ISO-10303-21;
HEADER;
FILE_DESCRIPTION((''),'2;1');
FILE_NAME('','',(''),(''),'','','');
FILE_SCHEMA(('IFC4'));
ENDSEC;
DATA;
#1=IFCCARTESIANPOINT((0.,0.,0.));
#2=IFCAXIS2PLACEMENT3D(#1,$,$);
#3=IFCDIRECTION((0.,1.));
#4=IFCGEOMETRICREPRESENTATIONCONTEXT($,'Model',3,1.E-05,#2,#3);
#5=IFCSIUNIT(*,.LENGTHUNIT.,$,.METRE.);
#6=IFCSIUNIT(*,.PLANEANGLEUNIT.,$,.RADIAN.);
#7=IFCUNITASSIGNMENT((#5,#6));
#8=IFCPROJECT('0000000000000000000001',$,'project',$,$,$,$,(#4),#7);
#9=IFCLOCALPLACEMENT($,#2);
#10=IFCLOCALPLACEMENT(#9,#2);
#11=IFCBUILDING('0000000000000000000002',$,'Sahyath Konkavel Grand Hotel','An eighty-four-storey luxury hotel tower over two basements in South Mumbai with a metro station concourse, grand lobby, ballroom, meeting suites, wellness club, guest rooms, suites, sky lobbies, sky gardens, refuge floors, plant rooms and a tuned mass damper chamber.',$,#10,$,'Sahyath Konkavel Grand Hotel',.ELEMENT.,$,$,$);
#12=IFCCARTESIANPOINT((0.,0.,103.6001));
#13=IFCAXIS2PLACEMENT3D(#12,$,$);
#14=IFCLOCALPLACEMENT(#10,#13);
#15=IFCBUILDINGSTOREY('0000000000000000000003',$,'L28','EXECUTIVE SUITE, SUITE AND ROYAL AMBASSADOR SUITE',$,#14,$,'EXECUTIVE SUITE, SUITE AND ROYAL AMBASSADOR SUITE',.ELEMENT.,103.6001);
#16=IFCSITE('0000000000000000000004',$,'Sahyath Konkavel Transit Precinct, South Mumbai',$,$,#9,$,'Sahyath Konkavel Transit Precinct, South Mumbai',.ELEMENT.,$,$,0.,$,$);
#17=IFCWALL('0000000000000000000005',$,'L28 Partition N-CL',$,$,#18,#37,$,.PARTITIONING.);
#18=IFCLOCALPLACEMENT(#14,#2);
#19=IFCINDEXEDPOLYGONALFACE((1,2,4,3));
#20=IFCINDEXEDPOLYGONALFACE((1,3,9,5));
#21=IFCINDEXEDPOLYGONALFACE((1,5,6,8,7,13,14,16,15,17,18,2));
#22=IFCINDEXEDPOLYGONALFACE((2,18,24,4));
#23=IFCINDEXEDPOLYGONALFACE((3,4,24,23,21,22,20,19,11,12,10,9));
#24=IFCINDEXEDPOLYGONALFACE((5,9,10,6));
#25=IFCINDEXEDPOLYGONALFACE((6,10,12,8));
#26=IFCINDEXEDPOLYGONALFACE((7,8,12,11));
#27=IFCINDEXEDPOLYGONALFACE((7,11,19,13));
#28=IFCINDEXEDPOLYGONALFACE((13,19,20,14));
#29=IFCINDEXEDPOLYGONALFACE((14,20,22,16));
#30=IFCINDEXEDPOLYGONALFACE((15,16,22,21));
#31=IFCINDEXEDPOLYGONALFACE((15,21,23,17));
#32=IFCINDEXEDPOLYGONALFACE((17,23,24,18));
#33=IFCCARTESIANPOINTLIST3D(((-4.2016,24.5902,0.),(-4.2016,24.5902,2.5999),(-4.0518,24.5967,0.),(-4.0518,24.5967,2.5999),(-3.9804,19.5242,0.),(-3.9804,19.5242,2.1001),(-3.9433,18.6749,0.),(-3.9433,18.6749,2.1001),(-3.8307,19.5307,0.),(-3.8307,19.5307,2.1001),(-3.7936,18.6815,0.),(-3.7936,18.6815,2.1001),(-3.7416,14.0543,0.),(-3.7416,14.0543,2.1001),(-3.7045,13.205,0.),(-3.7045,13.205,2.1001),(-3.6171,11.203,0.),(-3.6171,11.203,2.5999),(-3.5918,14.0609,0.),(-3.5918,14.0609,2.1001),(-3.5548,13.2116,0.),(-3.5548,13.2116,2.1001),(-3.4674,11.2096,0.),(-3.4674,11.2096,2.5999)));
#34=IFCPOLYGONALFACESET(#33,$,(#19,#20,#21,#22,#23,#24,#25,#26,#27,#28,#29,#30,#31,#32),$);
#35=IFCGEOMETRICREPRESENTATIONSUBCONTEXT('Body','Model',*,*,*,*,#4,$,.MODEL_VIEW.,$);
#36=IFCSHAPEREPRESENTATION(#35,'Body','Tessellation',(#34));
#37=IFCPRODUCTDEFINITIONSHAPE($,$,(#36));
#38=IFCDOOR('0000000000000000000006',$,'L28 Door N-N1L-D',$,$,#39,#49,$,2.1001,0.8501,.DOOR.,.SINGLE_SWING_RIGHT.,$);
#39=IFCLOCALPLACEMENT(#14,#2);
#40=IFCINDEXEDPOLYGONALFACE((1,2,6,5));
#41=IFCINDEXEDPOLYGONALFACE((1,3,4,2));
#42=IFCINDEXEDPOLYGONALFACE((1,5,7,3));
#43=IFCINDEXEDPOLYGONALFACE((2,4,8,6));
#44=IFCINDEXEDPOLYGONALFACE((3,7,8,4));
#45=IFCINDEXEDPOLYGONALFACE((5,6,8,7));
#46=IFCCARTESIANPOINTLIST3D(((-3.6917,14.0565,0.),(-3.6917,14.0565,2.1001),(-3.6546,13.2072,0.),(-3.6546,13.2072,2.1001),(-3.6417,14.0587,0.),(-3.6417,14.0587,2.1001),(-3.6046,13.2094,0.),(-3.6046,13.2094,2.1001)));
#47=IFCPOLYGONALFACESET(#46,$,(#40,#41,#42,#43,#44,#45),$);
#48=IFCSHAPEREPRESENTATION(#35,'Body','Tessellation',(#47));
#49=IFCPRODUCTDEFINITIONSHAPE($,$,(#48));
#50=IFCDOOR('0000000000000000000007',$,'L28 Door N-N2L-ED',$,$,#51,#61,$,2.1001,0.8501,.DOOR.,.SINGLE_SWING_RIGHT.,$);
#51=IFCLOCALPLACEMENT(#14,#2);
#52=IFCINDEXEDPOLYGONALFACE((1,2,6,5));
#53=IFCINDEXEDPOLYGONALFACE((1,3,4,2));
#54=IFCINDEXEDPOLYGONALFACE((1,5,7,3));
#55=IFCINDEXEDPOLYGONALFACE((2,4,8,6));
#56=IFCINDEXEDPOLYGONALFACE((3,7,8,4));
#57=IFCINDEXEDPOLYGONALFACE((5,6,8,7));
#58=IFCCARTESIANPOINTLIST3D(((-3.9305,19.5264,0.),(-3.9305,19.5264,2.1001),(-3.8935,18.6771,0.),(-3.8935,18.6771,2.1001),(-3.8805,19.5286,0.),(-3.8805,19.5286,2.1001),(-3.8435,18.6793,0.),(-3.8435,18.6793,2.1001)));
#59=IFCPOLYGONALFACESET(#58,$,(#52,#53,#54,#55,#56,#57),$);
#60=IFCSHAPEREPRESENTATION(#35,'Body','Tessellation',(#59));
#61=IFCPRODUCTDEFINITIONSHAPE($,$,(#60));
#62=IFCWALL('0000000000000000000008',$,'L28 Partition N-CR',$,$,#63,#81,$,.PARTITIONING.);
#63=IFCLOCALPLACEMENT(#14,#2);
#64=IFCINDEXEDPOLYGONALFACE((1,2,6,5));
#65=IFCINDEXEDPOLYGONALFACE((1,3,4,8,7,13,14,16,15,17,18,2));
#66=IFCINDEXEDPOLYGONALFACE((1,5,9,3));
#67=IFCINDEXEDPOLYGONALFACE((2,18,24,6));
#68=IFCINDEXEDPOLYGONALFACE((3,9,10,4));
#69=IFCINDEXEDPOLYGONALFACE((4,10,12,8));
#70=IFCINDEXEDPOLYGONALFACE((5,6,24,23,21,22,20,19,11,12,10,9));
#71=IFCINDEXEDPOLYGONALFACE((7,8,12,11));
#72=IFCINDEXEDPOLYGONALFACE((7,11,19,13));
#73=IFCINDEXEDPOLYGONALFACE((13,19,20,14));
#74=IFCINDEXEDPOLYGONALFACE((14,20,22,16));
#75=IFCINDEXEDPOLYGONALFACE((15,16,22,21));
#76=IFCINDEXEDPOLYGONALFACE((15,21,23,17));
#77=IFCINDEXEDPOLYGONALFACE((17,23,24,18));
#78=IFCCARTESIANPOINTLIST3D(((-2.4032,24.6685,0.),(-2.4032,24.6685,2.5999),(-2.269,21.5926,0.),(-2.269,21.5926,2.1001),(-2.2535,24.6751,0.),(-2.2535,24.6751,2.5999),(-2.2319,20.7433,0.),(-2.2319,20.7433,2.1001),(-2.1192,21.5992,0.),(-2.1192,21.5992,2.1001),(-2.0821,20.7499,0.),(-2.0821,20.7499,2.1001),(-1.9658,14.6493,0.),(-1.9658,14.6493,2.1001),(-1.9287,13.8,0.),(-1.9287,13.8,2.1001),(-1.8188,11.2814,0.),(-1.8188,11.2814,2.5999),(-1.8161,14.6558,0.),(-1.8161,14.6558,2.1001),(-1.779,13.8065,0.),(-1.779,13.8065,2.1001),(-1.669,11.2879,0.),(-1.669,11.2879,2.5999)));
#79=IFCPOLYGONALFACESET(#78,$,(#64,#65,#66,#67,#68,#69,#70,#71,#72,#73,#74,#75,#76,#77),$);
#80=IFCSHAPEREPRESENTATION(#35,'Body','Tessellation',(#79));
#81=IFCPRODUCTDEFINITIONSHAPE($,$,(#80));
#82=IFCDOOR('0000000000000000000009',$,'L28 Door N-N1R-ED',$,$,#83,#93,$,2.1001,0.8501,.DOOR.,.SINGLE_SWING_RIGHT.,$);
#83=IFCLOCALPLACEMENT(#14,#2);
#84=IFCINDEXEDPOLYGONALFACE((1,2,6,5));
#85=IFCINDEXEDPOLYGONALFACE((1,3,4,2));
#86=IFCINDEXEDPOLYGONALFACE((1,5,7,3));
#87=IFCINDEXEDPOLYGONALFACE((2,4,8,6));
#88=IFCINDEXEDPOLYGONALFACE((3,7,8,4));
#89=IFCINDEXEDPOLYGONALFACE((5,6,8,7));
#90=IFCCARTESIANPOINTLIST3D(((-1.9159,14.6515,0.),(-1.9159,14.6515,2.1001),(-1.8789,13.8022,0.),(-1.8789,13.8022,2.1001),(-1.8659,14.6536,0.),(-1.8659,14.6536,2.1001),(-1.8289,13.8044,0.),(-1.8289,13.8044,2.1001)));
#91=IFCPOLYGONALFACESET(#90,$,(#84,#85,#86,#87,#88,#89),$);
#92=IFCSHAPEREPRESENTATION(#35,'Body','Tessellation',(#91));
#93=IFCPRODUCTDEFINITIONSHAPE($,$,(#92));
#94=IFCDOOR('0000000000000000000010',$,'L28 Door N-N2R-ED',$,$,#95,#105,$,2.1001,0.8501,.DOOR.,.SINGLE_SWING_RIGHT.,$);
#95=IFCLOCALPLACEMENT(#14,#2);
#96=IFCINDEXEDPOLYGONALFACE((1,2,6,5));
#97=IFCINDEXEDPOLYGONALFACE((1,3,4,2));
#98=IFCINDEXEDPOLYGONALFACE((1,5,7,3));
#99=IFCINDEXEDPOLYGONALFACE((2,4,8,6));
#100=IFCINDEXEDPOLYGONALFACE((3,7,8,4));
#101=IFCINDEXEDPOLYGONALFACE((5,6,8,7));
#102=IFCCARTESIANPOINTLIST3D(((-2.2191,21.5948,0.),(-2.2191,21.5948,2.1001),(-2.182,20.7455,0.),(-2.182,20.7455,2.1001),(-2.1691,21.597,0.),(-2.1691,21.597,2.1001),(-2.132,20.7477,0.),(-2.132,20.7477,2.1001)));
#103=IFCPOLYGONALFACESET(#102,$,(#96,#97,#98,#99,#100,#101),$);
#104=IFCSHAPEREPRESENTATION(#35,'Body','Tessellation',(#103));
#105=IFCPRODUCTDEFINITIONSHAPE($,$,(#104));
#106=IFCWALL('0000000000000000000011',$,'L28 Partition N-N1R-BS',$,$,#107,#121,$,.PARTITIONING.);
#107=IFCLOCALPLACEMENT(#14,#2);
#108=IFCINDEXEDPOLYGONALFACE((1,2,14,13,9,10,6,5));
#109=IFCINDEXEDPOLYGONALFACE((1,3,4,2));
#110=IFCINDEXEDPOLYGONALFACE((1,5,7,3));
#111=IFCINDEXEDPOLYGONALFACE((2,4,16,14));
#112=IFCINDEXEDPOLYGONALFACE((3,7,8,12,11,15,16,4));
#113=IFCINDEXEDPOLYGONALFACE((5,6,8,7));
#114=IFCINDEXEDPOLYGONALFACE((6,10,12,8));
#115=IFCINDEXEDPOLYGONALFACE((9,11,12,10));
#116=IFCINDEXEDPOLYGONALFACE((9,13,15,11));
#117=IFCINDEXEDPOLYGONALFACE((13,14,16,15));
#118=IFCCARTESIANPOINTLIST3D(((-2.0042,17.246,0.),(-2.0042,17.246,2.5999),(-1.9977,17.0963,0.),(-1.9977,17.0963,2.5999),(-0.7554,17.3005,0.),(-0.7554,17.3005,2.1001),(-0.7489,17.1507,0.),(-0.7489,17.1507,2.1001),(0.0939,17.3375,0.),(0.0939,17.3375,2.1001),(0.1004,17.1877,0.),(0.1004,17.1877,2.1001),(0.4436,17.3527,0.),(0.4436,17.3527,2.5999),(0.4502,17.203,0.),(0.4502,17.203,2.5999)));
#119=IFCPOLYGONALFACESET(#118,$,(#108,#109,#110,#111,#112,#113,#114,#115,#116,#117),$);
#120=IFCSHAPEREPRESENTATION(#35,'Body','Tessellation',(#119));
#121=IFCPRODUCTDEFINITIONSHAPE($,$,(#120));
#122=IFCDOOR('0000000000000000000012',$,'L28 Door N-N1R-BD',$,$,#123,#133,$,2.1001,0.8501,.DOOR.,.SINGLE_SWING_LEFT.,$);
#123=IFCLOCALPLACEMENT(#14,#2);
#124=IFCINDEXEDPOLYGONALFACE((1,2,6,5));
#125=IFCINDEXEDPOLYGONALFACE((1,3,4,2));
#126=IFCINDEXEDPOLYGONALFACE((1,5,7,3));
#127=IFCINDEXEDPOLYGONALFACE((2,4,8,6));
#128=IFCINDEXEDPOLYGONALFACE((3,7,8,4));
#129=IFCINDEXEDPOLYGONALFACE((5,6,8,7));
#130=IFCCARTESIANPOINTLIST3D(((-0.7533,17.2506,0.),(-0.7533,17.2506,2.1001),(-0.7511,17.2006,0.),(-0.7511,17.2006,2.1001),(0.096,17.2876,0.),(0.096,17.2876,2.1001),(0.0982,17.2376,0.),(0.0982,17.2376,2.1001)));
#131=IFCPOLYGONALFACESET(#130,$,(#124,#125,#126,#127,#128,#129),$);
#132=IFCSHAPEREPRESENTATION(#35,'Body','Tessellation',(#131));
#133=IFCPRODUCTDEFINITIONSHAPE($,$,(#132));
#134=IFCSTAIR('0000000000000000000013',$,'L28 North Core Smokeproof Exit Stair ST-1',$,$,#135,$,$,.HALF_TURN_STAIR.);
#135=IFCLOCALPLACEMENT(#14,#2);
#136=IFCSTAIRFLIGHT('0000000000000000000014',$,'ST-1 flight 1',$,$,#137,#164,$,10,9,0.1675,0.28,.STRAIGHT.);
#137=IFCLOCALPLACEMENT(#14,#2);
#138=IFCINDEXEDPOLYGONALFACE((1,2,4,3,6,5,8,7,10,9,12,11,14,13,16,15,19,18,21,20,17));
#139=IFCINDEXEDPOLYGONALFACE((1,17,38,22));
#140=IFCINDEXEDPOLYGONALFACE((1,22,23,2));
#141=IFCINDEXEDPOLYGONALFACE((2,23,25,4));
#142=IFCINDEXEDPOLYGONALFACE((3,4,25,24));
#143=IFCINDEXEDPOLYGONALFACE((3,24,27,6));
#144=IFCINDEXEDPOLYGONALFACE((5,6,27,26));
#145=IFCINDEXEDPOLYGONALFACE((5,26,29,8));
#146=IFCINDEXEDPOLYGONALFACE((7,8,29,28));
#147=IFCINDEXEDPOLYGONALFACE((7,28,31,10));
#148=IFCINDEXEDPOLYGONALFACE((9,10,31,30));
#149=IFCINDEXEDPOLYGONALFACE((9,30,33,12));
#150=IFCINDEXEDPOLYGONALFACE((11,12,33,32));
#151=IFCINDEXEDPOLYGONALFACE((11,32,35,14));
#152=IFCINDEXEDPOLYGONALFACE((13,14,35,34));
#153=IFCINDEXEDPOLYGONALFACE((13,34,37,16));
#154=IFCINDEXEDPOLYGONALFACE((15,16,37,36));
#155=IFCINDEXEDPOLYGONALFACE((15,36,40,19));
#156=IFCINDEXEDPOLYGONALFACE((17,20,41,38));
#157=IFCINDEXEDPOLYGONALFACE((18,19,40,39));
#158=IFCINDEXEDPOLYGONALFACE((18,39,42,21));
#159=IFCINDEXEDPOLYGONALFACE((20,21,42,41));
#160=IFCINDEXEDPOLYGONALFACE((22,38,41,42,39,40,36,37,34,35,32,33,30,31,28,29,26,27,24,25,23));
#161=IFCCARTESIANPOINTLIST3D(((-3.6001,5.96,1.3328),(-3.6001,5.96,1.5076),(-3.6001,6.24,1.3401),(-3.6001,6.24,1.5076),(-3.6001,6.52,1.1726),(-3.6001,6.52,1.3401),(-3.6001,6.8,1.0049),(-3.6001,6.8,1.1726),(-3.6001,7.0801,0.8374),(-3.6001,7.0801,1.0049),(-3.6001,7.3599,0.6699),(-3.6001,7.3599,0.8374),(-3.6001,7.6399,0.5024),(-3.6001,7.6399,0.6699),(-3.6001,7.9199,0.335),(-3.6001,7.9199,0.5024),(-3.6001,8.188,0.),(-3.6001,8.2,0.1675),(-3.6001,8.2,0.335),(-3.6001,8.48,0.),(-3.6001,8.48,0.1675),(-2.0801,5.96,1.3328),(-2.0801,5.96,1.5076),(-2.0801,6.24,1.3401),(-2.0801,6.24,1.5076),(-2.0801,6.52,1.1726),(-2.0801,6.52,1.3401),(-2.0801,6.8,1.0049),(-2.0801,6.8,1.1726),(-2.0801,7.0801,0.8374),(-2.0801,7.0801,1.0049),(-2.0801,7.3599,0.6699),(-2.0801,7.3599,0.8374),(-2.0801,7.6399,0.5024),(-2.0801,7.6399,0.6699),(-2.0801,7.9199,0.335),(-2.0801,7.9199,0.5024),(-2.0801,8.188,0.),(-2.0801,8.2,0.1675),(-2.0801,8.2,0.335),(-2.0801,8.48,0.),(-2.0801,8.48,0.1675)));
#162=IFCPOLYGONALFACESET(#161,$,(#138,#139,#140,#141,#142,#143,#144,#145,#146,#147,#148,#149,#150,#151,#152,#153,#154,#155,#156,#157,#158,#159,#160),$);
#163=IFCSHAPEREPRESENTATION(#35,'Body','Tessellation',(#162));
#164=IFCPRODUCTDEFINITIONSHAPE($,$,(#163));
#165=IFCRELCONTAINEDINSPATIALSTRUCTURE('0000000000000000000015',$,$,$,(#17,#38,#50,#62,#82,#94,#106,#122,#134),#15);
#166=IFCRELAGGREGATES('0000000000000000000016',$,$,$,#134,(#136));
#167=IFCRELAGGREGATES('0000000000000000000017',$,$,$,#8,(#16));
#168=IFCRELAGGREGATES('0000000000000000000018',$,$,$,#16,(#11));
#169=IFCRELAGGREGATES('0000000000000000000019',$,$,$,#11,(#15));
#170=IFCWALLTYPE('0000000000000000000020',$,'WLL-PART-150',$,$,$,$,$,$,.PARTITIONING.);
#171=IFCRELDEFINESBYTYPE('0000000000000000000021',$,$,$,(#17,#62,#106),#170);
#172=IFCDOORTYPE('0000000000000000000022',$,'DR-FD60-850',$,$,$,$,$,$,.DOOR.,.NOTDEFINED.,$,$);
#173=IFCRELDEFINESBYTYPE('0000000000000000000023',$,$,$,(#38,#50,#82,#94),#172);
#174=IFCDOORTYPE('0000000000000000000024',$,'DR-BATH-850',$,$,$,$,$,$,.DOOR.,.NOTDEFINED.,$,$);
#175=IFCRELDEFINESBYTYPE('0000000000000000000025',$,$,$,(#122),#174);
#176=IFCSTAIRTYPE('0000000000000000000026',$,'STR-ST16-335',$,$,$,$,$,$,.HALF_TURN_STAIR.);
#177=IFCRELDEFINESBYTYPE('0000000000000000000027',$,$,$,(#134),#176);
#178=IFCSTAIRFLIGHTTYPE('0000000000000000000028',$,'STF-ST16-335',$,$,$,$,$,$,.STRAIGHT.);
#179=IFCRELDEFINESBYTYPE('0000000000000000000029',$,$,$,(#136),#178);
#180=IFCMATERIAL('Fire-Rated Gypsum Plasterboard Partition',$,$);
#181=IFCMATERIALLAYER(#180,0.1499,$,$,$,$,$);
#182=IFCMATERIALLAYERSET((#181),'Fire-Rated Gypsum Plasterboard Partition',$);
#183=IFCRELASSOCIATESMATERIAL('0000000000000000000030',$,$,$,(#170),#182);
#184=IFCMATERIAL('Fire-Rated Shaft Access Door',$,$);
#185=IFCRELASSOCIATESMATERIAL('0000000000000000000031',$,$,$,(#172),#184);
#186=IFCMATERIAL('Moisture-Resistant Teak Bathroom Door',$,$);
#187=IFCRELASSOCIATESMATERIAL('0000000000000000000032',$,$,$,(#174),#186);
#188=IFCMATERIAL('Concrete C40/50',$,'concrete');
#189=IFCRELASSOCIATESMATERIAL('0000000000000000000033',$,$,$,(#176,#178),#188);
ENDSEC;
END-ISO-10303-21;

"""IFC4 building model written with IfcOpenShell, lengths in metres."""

from ifc_helpers import new_model, si_unit, direction, frame, frame_2d, origin, origin_2d, place, context, subcontext, project, spatial, polyline, rectangle, outline, extrude, source, transform, mapped, material, layer, layer_set, type_object, element, fill, aggregate, save


model = new_model("IFC4")

# Units and contexts
model_context = context("Model", 3, precision=1e-05, world=origin(), true_north=direction((0.0, 1.0)))
body_context = subcontext(model_context, "Body", "Model", "MODEL_VIEW")
ifc_project = project(units=[si_unit("LENGTHUNIT", "METRE"), si_unit("PLANEANGLEUNIT", "RADIAN")], contexts=[model_context])

# Site, building, storey
site_placement = place(None, origin())
site = spatial("IfcSite", under=ifc_project, at=site_placement, Name="Sahyath Konkavel Transit Precinct, South Mumbai", LongName="Sahyath Konkavel Transit Precinct, South Mumbai", CompositionType="ELEMENT", RefElevation=0.0)
building_placement = place(site_placement, origin())
building = spatial("IfcBuilding", under=site, at=building_placement, Name="Sahyath Konkavel Grand Hotel", Description="An eighty-four-storey luxury hotel tower over two basements in South Mumbai with a metro station concourse, grand lobby, ballroom, meeting suites, wellness club, guest rooms, suites, sky lobbies, sky gardens, refuge floors, plant rooms and a tuned mass damper chamber.", LongName="Sahyath Konkavel Grand Hotel", CompositionType="ELEMENT")
storey_placement = place(building_placement, frame((0.0, 0.0, 103.6001)))
storey = spatial("IfcBuildingStorey", under=building, at=storey_placement, Name="L28", Description="EXECUTIVE SUITE, SUITE AND ROYAL AMBASSADOR SUITE", LongName="EXECUTIVE SUITE, SUITE AND ROYAL AMBASSADOR SUITE", CompositionType="ELEMENT", Elevation=103.6001)

# Walls, openings, doors
ifc_material_1 = material(Name="Fire-Rated Gypsum Plasterboard Partition")
ifc_layer_1 = layer(ifc_material_1, 0.1499)
ifc_layer_set_1 = layer_set([ifc_layer_1], Name="Fire-Rated Gypsum Plasterboard Partition")
wall_type_1 = type_object("IfcWallType", Name="WLL-PART-150", PredefinedType="PARTITIONING", material=ifc_layer_set_1)
wall_1_placement = place(storey_placement, frame((-3.5422, 11.2063, 0.0), z_axis=(0.0, 0.0, 1.0), x_axis=(-0.043617, 0.999048, 0.0)))
wall_1 = element("IfcWall", 1, at=wall_1_placement, inside=storey, type_object=wall_type_1, Name="L28 Partition N-CL", PredefinedType="PARTITIONING", context=body_context, shape_type="SweptSolid", body=[
    extrude(rectangle(XDim=13.3999, YDim=0.1499, at=frame_2d((6.7, 0.0))), origin(), (0.0, 0.0, 1.0), 2.5999),
])
opening_1_placement = place(wall_1_placement, frame((2.0039, 0.0, 0.0)))
opening_1 = element("IfcOpeningElement", 2, at=opening_1_placement, cuts=wall_1, PredefinedType="OPENING", context=body_context, shape_type="SweptSolid", body=[
    extrude(rectangle(XDim=0.8501, YDim=2.1001, at=frame_2d((0.425, 1.05))), frame((0.0, 0.085, 0.0), z_axis=(0.0, -1.0, 0.0), x_axis=(1.0, 0.0, 0.0)), (0.0, 0.0, 1.0), 0.1699),
])
opening_2_placement = place(wall_1_placement, frame((7.479, 0.0, 0.0)))
opening_2 = element("IfcOpeningElement", 3, at=opening_2_placement, cuts=wall_1, PredefinedType="OPENING", context=body_context, shape_type="SweptSolid", body=[
    extrude(rectangle(XDim=0.8501, YDim=2.1001, at=frame_2d((0.425, 1.05))), frame((0.0, 0.085, 0.0), z_axis=(0.0, -1.0, 0.0), x_axis=(1.0, 0.0, 0.0)), (0.0, 0.0, 1.0), 0.1699),
])
ifc_material_2 = material(Name="Fire-Rated Shaft Access Door")
door_type_1 = type_object("IfcDoorType", Name="DR-FD60-850", OperationType="NOTDEFINED", PredefinedType="DOOR", material=ifc_material_2)
shared_shape_1 = source(origin(), body_context, "Body", "SweptSolid", [
    extrude(rectangle(XDim=0.8501, YDim=0.05, at=origin_2d()), origin(), (0.0, 0.0, 1.0), 2.1001),
])
door_1_placement = place(opening_1_placement, frame((0.425, 0.0, 0.0)))
door_1 = element("IfcDoor", 4, at=door_1_placement, inside=storey, type_object=door_type_1, Name="L28 Door N-N1L-D", OperationType="SINGLE_SWING_RIGHT", OverallHeight=2.1001, OverallWidth=0.8501, PredefinedType="DOOR", context=body_context, shape_type="MappedRepresentation", body=[
    mapped(shared_shape_1, transform((0.0, 0.0, 0.0), scale=1.0)),
])
fill(opening_1, door_1)
door_2_placement = place(opening_2_placement, frame((0.425, 0.0, 0.0)))
door_2 = element("IfcDoor", 5, at=door_2_placement, inside=storey, type_object=door_type_1, Name="L28 Door N-N2L-ED", OperationType="SINGLE_SWING_RIGHT", OverallHeight=2.1001, OverallWidth=0.8501, PredefinedType="DOOR", context=body_context, shape_type="MappedRepresentation", body=[
    mapped(shared_shape_1, transform((0.0, 0.0, 0.0), scale=1.0)),
])
fill(opening_2, door_2)
wall_2_placement = place(storey_placement, frame((-1.7439, 11.2847, 0.0), z_axis=(0.0, 0.0, 1.0), x_axis=(-0.043617, 0.999048, 0.0)))
wall_2 = element("IfcWall", 6, at=wall_2_placement, inside=storey, type_object=wall_type_1, Name="L28 Partition N-CR", PredefinedType="PARTITIONING", context=body_context, shape_type="SweptSolid", body=[
    extrude(rectangle(XDim=13.3999, YDim=0.1499, at=frame_2d((6.7, 0.0))), origin(), (0.0, 0.0, 1.0), 2.5999),
])
opening_3_placement = place(wall_2_placement, frame((2.521, 0.0, 0.0)))
opening_3 = element("IfcOpeningElement", 7, at=opening_3_placement, cuts=wall_2, PredefinedType="OPENING", context=body_context, shape_type="SweptSolid", body=[
    extrude(rectangle(XDim=0.8501, YDim=2.1001, at=frame_2d((0.425, 1.05))), frame((0.0, 0.085, 0.0), z_axis=(0.0, -1.0, 0.0), x_axis=(1.0, 0.0, 0.0)), (0.0, 0.0, 1.0), 0.1699),
])
opening_4_placement = place(wall_2_placement, frame((9.4709, 0.0, 0.0)))
opening_4 = element("IfcOpeningElement", 8, at=opening_4_placement, cuts=wall_2, PredefinedType="OPENING", context=body_context, shape_type="SweptSolid", body=[
    extrude(rectangle(XDim=0.8501, YDim=2.1001, at=frame_2d((0.425, 1.05))), frame((0.0, 0.085, 0.0), z_axis=(0.0, -1.0, 0.0), x_axis=(1.0, 0.0, 0.0)), (0.0, 0.0, 1.0), 0.1699),
])
door_3_placement = place(opening_3_placement, frame((0.425, 0.0, 0.0)))
door_3 = element("IfcDoor", 9, at=door_3_placement, inside=storey, type_object=door_type_1, Name="L28 Door N-N1R-ED", OperationType="SINGLE_SWING_RIGHT", OverallHeight=2.1001, OverallWidth=0.8501, PredefinedType="DOOR", context=body_context, shape_type="MappedRepresentation", body=[
    mapped(shared_shape_1, transform((0.0, 0.0, 0.0), scale=1.0)),
])
fill(opening_3, door_3)
door_4_placement = place(opening_4_placement, frame((0.425, 0.0, 0.0)))
door_4 = element("IfcDoor", 10, at=door_4_placement, inside=storey, type_object=door_type_1, Name="L28 Door N-N2R-ED", OperationType="SINGLE_SWING_RIGHT", OverallHeight=2.1001, OverallWidth=0.8501, PredefinedType="DOOR", context=body_context, shape_type="MappedRepresentation", body=[
    mapped(shared_shape_1, transform((0.0, 0.0, 0.0), scale=1.0)),
])
fill(opening_4, door_4)

# Wall, opening, door
wall_3_placement = place(storey_placement, frame((-2.001, 17.1711, 0.0), z_axis=(0.0, 0.0, 1.0), x_axis=(0.999051, 0.043545, 0.0)))
wall_3 = element("IfcWall", 11, at=wall_3_placement, inside=storey, type_object=wall_type_1, Name="L28 Partition N-N1R-BS", PredefinedType="PARTITIONING", context=body_context, shape_type="SweptSolid", body=[
    extrude(rectangle(XDim=2.4502, YDim=0.1499, at=frame_2d((1.2251, 0.0))), origin(), (0.0, 0.0, 1.0), 2.5999),
])
opening_5_placement = place(wall_3_placement, frame((1.25, 0.0, 0.0)))
opening_5 = element("IfcOpeningElement", 12, at=opening_5_placement, cuts=wall_3, PredefinedType="OPENING", context=body_context, shape_type="SweptSolid", body=[
    extrude(rectangle(XDim=0.8501, YDim=2.1001, at=frame_2d((0.425, 1.05))), frame((0.0, 0.085, 0.0), z_axis=(0.0, -1.0, 0.0), x_axis=(1.0, 0.0, 0.0)), (0.0, 0.0, 1.0), 0.1699),
])
ifc_material_3 = material(Name="Moisture-Resistant Teak Bathroom Door")
door_type_2 = type_object("IfcDoorType", Name="DR-BATH-850", OperationType="NOTDEFINED", PredefinedType="DOOR", material=ifc_material_3)
door_5_placement = place(opening_5_placement, frame((0.425, 0.0, 0.0)))
door_5 = element("IfcDoor", 13, at=door_5_placement, inside=storey, type_object=door_type_2, Name="L28 Door N-N1R-BD", OperationType="SINGLE_SWING_LEFT", OverallHeight=2.1001, OverallWidth=0.8501, PredefinedType="DOOR", context=body_context, shape_type="MappedRepresentation", body=[
    mapped(shared_shape_1, transform((0.0, 0.0, 0.0), scale=1.0)),
])
fill(opening_5, door_5)

# Stair, stair flight
ifc_material_4 = material(Name="Concrete C40/50", Category="concrete")
stair_type = type_object("IfcStairType", Name="STR-ST16-335", PredefinedType="HALF_TURN_STAIR", material=ifc_material_4)
stair_placement = place(storey_placement, origin())
stair = element("IfcStair", 14, at=stair_placement, inside=storey, type_object=stair_type, Name="L28 North Core Smokeproof Exit Stair ST-1", PredefinedType="HALF_TURN_STAIR")
stair_flight_type = type_object("IfcStairFlightType", Name="STF-ST16-335", PredefinedType="STRAIGHT", material=ifc_material_4)
stair_flight_placement = place(storey_placement, frame((-2.8401, 8.48, 0.0), z_axis=(0.0, 0.0, 1.0), x_axis=(0.0, -1.0, 0.0)))
stair_flight = element("IfcStairFlight", 15, at=stair_flight_placement, type_object=stair_flight_type, Name="ST-1 flight 1", NumberOfRisers=10, NumberOfTreads=9, PredefinedType="STRAIGHT", RiserHeight=0.1675, TreadLength=0.28, context=body_context, shape_type="SweptSolid", body=[
    extrude(outline(polyline([(0.0, 0.0), (0.0, 0.1675), (0.28, 0.1675), (0.28, 0.335), (0.5601, 0.335), (0.5601, 0.5024), (0.8401, 0.5024), (0.8401, 0.6699), (1.1201, 0.6699), (1.1201, 0.8374), (1.3999, 0.8374), (1.3999, 1.0049), (1.6799, 1.0049), (1.6799, 1.1726), (1.96, 1.1726), (1.96, 1.3401), (2.24, 1.3401), (2.24, 1.5076), (2.52, 1.5076), (2.52, 1.675), (2.52, 1.3328), (0.292, 0.0), (0.0, 0.0)])), frame((0.0, 0.76, 0.0), z_axis=(0.0, -1.0, 0.0), x_axis=(1.0, 0.0, 0.0)), (0.0, 0.0, 1.0), 1.52),
])
aggregate(stair, [stair_flight])

save(model, "model.ifc")
